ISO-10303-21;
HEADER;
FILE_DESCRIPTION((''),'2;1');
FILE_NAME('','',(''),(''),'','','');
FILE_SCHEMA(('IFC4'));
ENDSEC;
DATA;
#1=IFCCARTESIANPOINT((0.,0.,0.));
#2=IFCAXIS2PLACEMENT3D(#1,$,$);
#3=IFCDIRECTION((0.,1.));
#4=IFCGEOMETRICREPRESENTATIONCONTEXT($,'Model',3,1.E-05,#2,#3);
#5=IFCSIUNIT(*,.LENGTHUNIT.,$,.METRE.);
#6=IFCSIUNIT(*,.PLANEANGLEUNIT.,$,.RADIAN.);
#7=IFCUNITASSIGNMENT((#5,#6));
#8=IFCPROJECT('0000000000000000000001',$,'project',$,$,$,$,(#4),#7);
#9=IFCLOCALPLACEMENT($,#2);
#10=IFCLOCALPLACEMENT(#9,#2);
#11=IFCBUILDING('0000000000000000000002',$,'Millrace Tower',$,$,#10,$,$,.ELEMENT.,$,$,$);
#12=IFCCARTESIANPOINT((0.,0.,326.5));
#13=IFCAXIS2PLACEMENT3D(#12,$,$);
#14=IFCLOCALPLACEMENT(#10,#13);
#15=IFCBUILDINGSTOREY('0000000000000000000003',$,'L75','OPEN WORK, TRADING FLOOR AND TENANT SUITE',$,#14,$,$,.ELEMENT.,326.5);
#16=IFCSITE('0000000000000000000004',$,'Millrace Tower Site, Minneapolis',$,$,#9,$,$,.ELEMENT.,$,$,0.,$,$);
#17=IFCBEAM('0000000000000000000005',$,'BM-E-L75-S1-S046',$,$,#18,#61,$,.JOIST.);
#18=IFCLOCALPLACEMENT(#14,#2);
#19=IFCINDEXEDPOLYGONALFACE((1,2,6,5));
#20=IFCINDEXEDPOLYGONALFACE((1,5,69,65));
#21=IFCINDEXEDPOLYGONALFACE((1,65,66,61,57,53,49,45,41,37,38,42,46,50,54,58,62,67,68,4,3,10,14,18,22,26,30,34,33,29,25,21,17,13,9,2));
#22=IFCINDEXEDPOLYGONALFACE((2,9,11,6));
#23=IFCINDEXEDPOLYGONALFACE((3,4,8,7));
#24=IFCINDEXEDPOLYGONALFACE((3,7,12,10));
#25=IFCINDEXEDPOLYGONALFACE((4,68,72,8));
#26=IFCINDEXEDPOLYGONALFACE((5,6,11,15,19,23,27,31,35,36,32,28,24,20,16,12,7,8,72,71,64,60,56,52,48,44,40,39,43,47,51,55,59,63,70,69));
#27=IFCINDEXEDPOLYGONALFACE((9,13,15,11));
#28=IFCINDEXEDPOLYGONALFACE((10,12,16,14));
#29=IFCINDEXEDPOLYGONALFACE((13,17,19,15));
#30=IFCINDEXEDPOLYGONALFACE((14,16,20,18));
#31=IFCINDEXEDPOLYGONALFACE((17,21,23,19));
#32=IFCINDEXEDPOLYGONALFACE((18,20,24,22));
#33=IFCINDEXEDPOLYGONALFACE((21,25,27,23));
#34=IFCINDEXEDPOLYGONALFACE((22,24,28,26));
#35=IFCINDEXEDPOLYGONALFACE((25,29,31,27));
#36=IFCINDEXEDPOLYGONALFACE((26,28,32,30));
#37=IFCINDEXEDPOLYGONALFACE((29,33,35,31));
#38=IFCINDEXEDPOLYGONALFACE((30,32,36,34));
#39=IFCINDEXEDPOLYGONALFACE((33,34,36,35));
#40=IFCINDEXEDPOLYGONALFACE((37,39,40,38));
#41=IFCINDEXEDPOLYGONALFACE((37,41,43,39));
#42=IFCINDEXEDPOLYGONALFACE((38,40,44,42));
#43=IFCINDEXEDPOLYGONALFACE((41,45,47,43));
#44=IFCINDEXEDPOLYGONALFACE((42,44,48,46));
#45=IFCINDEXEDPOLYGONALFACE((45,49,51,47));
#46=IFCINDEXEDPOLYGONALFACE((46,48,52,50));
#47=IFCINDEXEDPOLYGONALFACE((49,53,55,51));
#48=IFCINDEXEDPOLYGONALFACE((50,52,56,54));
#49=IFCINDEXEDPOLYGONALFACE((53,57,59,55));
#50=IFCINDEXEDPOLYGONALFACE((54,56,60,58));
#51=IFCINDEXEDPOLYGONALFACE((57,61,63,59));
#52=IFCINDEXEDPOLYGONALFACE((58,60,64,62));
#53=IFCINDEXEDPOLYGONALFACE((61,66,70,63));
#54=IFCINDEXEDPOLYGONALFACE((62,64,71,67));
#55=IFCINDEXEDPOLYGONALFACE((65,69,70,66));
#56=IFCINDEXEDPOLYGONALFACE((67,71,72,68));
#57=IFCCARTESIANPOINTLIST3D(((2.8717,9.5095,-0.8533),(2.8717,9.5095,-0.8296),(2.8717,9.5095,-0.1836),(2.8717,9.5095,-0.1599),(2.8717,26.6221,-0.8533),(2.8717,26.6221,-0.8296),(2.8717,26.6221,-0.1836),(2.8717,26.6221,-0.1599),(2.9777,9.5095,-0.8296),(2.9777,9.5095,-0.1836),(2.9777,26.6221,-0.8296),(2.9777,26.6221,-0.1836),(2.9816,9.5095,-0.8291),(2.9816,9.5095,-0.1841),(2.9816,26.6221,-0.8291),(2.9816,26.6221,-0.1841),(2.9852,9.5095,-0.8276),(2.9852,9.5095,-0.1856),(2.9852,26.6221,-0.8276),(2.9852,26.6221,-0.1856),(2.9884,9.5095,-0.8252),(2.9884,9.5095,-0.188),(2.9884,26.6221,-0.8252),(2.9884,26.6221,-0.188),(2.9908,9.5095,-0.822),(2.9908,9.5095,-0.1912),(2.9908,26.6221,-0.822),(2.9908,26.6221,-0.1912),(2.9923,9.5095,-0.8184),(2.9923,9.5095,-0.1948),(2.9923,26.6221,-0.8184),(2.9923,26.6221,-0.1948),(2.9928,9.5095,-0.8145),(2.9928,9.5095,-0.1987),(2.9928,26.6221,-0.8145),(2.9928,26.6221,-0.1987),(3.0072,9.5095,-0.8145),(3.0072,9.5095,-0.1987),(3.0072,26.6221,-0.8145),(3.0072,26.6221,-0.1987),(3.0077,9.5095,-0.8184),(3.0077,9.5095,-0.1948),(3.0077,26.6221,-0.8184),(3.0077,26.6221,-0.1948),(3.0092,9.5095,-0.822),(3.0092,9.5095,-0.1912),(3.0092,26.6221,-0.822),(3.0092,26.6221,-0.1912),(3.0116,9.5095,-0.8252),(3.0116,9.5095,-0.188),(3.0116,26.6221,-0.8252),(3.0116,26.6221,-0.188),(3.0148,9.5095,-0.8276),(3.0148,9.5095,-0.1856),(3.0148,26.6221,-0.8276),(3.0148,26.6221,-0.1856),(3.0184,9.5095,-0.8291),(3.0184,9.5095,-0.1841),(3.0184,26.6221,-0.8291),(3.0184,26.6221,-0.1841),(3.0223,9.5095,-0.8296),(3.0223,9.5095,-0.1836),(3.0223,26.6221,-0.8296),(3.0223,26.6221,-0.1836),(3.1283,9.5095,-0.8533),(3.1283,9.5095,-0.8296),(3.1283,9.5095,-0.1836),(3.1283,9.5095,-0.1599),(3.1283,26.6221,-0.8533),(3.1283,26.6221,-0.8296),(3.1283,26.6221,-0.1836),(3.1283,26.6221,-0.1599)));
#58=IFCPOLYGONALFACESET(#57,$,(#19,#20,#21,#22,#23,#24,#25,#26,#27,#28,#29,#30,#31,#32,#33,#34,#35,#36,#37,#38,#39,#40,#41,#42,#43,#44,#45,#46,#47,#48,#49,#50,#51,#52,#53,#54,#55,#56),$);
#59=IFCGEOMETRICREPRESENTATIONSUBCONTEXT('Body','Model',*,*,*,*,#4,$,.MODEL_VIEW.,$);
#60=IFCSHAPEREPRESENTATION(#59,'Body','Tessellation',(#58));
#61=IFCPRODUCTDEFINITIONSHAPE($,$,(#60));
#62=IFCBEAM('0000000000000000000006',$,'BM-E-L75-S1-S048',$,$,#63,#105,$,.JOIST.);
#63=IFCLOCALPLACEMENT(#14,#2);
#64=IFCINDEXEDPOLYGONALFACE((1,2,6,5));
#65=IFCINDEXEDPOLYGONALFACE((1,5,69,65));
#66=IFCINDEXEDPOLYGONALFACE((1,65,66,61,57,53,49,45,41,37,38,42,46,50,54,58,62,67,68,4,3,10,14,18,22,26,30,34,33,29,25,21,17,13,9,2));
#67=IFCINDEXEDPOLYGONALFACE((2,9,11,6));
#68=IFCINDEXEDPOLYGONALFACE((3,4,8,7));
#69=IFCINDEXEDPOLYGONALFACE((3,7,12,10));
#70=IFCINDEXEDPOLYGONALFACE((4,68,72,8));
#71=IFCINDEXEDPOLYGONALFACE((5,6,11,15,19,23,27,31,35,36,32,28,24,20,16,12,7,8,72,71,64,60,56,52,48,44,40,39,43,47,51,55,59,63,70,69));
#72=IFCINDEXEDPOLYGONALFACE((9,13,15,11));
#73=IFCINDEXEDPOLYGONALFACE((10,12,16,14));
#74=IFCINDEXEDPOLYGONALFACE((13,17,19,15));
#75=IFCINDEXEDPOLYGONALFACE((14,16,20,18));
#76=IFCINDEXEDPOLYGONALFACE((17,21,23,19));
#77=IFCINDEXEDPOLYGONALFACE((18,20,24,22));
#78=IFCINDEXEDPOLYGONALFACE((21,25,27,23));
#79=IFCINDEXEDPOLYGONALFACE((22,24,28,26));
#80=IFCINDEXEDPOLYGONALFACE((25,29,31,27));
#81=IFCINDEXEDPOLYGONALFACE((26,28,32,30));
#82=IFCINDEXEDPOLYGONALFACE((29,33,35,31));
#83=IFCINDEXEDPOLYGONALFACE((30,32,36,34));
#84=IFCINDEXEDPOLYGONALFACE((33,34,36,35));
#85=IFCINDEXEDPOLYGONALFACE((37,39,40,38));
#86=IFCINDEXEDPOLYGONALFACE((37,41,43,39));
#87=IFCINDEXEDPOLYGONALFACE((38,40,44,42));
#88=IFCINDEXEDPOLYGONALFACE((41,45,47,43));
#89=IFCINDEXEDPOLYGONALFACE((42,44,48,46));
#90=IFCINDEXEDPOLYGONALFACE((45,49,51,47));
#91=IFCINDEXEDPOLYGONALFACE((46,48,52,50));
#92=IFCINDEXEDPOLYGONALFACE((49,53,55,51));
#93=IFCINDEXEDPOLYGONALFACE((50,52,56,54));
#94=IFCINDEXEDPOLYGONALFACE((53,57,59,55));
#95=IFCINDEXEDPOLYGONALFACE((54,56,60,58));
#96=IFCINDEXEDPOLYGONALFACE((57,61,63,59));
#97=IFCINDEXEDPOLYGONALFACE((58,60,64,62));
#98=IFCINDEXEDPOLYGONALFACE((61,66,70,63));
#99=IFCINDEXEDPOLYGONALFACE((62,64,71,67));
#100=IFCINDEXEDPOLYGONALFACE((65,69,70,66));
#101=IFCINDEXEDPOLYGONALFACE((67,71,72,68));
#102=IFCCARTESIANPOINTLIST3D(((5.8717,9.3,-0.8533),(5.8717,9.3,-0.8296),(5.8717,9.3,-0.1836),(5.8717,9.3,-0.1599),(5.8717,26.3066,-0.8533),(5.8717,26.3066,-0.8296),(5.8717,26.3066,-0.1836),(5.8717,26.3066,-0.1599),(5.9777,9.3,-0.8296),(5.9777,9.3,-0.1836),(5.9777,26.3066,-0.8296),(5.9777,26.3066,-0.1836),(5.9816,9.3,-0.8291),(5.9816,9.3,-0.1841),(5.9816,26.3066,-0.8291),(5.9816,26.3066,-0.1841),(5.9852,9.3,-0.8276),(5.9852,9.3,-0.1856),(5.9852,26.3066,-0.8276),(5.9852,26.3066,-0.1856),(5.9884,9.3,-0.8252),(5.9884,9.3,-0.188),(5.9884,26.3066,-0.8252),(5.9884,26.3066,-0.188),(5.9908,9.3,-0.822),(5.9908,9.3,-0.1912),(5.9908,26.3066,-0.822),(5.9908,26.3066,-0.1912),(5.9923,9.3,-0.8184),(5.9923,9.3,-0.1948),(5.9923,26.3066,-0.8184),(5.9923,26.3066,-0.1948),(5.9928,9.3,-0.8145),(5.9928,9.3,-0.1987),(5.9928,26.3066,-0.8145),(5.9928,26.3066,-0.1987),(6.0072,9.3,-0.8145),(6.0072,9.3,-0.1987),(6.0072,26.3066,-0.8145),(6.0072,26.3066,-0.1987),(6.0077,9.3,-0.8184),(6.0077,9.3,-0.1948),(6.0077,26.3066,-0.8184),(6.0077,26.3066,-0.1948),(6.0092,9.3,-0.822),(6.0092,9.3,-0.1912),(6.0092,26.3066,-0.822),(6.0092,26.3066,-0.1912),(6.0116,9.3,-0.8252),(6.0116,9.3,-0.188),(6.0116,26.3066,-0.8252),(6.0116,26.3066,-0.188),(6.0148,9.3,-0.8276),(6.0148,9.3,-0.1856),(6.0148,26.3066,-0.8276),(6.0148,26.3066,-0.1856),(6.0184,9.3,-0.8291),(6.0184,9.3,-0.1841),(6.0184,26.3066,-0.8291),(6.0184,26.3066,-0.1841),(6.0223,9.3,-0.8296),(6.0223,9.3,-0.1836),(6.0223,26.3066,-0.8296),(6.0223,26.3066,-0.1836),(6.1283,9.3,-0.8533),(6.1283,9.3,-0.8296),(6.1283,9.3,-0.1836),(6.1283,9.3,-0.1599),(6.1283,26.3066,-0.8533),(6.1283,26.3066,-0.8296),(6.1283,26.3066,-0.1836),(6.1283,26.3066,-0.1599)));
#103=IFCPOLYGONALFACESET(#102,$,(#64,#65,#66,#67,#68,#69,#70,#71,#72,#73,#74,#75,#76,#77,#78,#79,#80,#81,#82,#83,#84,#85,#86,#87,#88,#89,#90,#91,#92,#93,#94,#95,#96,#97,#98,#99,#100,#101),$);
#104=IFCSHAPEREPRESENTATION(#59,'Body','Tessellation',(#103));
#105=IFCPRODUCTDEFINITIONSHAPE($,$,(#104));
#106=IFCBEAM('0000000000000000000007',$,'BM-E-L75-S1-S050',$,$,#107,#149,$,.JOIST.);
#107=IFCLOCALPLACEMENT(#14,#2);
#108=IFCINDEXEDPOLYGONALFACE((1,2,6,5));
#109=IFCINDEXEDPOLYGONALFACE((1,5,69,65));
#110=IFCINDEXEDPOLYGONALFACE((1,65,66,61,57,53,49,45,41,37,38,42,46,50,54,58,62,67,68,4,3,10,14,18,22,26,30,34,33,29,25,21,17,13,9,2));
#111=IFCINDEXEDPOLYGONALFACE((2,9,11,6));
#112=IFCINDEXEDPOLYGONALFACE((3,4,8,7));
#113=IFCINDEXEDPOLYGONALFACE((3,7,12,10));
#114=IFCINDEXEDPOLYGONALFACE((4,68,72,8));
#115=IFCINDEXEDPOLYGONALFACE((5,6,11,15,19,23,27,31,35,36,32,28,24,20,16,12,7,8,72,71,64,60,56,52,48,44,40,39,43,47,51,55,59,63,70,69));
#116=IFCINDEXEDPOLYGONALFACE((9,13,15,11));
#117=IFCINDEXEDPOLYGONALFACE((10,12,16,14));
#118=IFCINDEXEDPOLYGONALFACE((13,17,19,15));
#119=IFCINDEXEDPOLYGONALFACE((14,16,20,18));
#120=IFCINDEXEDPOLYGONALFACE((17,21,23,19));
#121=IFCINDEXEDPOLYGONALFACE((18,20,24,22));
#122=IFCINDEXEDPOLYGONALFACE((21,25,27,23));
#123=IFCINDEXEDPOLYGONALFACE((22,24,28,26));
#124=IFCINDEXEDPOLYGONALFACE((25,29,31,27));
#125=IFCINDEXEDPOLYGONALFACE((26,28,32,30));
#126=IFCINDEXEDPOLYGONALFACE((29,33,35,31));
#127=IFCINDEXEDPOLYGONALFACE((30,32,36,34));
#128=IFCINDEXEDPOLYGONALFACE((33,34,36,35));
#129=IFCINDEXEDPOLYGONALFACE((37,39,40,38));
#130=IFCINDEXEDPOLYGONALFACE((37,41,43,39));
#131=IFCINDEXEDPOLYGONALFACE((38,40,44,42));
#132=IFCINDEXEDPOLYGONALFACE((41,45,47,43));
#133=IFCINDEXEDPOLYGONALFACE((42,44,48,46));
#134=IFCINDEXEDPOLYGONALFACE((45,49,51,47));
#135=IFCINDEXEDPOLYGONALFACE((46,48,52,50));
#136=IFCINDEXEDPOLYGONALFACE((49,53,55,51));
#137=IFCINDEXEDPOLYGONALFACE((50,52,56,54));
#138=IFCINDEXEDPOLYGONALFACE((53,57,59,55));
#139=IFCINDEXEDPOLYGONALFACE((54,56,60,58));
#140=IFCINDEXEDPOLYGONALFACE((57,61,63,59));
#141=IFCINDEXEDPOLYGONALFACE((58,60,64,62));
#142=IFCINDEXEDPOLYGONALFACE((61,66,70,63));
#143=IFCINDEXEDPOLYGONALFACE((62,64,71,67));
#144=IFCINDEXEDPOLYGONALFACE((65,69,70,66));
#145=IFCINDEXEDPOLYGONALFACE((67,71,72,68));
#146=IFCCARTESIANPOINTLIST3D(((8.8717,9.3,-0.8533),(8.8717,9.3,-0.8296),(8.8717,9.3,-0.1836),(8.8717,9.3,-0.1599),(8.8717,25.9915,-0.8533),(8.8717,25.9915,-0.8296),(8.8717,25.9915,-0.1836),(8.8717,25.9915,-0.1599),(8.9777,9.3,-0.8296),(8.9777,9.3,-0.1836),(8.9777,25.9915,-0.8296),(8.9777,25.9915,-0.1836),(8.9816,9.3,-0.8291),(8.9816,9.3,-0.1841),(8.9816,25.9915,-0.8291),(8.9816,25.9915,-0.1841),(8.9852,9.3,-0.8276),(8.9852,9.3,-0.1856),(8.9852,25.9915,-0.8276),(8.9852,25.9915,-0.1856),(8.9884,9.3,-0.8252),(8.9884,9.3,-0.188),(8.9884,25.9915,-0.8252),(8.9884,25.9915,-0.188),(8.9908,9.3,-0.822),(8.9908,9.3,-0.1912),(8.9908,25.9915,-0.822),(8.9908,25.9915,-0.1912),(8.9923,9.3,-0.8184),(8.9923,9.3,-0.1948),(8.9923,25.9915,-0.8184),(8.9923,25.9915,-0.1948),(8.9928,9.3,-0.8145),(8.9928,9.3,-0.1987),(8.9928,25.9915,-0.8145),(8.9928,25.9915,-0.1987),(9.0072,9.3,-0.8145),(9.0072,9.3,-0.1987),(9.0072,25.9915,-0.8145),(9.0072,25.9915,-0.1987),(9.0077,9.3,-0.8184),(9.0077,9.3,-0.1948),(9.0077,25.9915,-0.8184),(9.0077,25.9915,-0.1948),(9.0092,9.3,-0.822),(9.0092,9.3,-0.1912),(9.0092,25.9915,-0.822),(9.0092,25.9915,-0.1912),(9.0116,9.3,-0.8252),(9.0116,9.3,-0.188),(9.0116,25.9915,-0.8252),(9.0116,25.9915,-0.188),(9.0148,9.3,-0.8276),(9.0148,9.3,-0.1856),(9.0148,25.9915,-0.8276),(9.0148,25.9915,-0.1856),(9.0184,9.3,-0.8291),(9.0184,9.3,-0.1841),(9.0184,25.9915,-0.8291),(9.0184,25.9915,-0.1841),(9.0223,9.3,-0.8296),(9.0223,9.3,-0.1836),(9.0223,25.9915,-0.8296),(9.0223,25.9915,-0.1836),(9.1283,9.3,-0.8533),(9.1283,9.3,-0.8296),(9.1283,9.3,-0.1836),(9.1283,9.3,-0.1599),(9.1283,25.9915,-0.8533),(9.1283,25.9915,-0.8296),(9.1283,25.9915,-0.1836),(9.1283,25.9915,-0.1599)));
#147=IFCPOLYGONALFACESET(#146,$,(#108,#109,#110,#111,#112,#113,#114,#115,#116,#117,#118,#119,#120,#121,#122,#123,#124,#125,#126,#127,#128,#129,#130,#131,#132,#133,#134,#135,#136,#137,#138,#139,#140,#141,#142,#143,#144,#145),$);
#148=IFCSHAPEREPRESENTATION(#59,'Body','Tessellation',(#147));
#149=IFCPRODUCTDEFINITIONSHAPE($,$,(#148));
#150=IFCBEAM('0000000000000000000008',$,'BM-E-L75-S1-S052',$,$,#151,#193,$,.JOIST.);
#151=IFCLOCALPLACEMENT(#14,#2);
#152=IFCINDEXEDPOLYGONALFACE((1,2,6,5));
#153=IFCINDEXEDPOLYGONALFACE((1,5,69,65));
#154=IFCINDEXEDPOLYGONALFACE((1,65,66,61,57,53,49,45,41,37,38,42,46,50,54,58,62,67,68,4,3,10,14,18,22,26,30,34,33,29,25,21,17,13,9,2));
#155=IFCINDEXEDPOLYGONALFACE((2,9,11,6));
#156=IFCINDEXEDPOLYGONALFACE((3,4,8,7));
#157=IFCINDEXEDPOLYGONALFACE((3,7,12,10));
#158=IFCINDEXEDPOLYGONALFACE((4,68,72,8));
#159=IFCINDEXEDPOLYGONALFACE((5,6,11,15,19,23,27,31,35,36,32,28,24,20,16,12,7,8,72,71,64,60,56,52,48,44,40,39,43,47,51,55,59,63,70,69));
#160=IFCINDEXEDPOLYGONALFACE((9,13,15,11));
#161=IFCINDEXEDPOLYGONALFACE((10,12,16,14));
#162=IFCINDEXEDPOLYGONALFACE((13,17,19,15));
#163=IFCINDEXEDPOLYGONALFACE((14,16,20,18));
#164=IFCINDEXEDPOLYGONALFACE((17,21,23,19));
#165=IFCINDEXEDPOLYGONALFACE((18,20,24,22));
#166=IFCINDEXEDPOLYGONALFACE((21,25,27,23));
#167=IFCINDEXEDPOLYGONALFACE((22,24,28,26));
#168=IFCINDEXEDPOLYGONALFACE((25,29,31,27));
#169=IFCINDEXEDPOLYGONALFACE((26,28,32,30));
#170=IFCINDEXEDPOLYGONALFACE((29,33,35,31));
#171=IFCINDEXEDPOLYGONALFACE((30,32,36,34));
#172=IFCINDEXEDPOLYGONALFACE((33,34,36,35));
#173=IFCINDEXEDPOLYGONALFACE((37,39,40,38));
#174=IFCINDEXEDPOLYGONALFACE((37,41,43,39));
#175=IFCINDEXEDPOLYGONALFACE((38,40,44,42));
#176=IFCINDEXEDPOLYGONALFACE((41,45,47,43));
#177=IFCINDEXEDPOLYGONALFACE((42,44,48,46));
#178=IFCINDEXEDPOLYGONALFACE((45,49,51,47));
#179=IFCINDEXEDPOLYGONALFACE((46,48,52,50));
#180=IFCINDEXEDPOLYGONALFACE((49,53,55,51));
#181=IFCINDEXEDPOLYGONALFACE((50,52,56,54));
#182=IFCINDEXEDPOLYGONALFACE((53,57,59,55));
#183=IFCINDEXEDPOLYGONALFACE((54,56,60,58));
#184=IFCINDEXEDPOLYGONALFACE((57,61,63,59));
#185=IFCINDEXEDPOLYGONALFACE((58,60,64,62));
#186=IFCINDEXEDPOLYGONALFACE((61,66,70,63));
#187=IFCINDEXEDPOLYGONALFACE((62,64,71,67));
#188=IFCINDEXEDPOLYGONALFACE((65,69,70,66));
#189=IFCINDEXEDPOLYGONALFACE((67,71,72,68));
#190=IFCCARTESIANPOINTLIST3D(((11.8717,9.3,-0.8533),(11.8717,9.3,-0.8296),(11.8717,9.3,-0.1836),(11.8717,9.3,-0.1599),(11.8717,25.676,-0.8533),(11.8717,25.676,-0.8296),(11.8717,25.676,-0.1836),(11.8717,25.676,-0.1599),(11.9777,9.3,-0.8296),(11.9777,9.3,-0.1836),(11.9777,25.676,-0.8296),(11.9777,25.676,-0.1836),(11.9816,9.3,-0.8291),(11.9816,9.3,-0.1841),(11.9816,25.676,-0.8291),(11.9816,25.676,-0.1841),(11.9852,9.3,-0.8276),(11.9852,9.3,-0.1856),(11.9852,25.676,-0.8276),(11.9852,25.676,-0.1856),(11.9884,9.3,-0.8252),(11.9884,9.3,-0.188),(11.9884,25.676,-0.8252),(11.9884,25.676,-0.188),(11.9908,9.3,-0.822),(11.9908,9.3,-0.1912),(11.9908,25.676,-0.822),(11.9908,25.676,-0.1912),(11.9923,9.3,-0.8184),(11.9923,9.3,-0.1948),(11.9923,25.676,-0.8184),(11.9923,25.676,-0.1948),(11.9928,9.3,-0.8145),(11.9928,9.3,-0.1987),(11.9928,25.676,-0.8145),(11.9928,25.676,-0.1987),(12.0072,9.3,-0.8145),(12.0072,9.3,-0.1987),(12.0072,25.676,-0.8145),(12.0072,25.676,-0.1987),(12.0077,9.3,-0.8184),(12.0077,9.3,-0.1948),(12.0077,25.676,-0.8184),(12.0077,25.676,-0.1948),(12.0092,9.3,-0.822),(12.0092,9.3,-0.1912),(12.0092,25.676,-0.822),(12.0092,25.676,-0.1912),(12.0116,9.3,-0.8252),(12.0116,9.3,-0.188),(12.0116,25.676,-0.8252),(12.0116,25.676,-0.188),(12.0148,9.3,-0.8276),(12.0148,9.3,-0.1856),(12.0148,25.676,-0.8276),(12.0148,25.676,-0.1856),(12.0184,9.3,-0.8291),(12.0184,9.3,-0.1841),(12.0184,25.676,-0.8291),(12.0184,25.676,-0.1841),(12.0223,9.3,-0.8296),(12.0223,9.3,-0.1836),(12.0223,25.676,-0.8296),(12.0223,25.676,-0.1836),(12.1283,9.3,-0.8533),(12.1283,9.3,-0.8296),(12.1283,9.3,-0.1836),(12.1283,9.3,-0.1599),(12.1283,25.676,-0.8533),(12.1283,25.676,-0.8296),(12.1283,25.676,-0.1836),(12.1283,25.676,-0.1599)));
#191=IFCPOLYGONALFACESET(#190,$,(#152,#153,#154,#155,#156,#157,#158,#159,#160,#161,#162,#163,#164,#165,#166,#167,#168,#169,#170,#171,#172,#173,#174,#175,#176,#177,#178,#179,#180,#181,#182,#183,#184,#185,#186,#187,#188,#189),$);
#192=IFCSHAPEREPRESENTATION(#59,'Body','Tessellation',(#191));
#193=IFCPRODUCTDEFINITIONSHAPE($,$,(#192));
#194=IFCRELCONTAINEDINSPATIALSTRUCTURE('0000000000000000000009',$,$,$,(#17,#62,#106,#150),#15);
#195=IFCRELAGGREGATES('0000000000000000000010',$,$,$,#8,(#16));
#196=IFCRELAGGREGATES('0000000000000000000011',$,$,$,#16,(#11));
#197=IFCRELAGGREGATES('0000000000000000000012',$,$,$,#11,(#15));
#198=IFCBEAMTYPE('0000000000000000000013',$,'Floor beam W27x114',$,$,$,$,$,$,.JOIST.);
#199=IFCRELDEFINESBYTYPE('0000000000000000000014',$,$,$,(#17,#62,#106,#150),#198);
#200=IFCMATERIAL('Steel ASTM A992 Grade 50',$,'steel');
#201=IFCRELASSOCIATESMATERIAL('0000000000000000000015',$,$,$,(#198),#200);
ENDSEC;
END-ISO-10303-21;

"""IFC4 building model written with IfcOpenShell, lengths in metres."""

from ifc_helpers import new_model, si_unit, direction, frame, origin, origin_2d, place, context, subcontext, project, spatial, i_section, extrude, material, material_profile, profile_set, type_object, element, save


model = new_model("IFC4")

# Units and contexts
model_context = context("Model", 3, precision=1e-05, world=origin(), true_north=direction((0.0, 1.0)))
body_context = subcontext(model_context, "Body", "Model", "MODEL_VIEW")
ifc_project = project(units=[si_unit("LENGTHUNIT", "METRE"), si_unit("PLANEANGLEUNIT", "RADIAN")], contexts=[model_context])

# Site, building, storey
site_placement = place(None, origin())
site = spatial("IfcSite", under=ifc_project, at=site_placement, Name="Millrace Tower Site, Minneapolis", CompositionType="ELEMENT", RefElevation=0.0)
building_placement = place(site_placement, origin())
building = spatial("IfcBuilding", under=site, at=building_placement, Name="Millrace Tower", CompositionType="ELEMENT")
storey_placement = place(building_placement, frame((0.0, 0.0, 326.5)))
storey = spatial("IfcBuildingStorey", under=building, at=storey_placement, Name="L75", Description="OPEN WORK, TRADING FLOOR AND TENANT SUITE", CompositionType="ELEMENT", Elevation=326.5)

# Beams
ifc_material_1 = material(Name="Steel ASTM A992 Grade 50", Category="steel")
ifc_material_profile_1 = material_profile(ifc_material_1, i_section(OverallWidth=0.2566, OverallDepth=0.6934, WebThickness=0.0144, FlangeThickness=0.0237, FilletRadius=0.0151, at=origin_2d()))
ifc_profile_set_1 = profile_set([ifc_material_profile_1], Name="Steel ASTM A992 Grade 50")
beam_type_1 = type_object("IfcBeamType", Name="Floor beam W27x114", PredefinedType="JOIST", material=ifc_profile_set_1)
beam_1_placement = place(storey_placement, frame((3.0, 9.5095, -0.5066), z_axis=(0.0, 1.0, 0.0), x_axis=(-1.0, 0.0, 0.0)))
element("IfcBeam", 1, at=beam_1_placement, inside=storey, type_object=beam_type_1, Name="BM-E-L75-S1-S046", PredefinedType="JOIST", context=body_context, shape_type="SweptSolid", body=[
    extrude(i_section(OverallWidth=0.2566, OverallDepth=0.6934, WebThickness=0.0144, FlangeThickness=0.0237, FilletRadius=0.0151, at=origin_2d()), origin(), (0.0, 0.0, 1.0), 17.1125),
])
beam_2_placement = place(storey_placement, frame((6.0, 9.3, -0.5066), z_axis=(0.0, 1.0, 0.0), x_axis=(-1.0, 0.0, 0.0)))
element("IfcBeam", 2, at=beam_2_placement, inside=storey, type_object=beam_type_1, Name="BM-E-L75-S1-S048", PredefinedType="JOIST", context=body_context, shape_type="SweptSolid", body=[
    extrude(i_section(OverallWidth=0.2566, OverallDepth=0.6934, WebThickness=0.0144, FlangeThickness=0.0237, FilletRadius=0.0151, at=origin_2d()), origin(), (0.0, 0.0, 1.0), 17.0066),
])
beam_3_placement = place(storey_placement, frame((9.0, 9.3, -0.5066), z_axis=(0.0, 1.0, 0.0), x_axis=(-1.0, 0.0, 0.0)))
element("IfcBeam", 3, at=beam_3_placement, inside=storey, type_object=beam_type_1, Name="BM-E-L75-S1-S050", PredefinedType="JOIST", context=body_context, shape_type="SweptSolid", body=[
    extrude(i_section(OverallWidth=0.2566, OverallDepth=0.6934, WebThickness=0.0144, FlangeThickness=0.0237, FilletRadius=0.0151, at=origin_2d()), origin(), (0.0, 0.0, 1.0), 16.6914),
])
beam_4_placement = place(storey_placement, frame((12.0, 9.3, -0.5066), z_axis=(0.0, 1.0, 0.0), x_axis=(-1.0, 0.0, 0.0)))
element("IfcBeam", 4, at=beam_4_placement, inside=storey, type_object=beam_type_1, Name="BM-E-L75-S1-S052", PredefinedType="JOIST", context=body_context, shape_type="SweptSolid", body=[
    extrude(i_section(OverallWidth=0.2566, OverallDepth=0.6934, WebThickness=0.0144, FlangeThickness=0.0237, FilletRadius=0.0151, at=origin_2d()), origin(), (0.0, 0.0, 1.0), 16.376),
])

save(model, "model.ifc")
